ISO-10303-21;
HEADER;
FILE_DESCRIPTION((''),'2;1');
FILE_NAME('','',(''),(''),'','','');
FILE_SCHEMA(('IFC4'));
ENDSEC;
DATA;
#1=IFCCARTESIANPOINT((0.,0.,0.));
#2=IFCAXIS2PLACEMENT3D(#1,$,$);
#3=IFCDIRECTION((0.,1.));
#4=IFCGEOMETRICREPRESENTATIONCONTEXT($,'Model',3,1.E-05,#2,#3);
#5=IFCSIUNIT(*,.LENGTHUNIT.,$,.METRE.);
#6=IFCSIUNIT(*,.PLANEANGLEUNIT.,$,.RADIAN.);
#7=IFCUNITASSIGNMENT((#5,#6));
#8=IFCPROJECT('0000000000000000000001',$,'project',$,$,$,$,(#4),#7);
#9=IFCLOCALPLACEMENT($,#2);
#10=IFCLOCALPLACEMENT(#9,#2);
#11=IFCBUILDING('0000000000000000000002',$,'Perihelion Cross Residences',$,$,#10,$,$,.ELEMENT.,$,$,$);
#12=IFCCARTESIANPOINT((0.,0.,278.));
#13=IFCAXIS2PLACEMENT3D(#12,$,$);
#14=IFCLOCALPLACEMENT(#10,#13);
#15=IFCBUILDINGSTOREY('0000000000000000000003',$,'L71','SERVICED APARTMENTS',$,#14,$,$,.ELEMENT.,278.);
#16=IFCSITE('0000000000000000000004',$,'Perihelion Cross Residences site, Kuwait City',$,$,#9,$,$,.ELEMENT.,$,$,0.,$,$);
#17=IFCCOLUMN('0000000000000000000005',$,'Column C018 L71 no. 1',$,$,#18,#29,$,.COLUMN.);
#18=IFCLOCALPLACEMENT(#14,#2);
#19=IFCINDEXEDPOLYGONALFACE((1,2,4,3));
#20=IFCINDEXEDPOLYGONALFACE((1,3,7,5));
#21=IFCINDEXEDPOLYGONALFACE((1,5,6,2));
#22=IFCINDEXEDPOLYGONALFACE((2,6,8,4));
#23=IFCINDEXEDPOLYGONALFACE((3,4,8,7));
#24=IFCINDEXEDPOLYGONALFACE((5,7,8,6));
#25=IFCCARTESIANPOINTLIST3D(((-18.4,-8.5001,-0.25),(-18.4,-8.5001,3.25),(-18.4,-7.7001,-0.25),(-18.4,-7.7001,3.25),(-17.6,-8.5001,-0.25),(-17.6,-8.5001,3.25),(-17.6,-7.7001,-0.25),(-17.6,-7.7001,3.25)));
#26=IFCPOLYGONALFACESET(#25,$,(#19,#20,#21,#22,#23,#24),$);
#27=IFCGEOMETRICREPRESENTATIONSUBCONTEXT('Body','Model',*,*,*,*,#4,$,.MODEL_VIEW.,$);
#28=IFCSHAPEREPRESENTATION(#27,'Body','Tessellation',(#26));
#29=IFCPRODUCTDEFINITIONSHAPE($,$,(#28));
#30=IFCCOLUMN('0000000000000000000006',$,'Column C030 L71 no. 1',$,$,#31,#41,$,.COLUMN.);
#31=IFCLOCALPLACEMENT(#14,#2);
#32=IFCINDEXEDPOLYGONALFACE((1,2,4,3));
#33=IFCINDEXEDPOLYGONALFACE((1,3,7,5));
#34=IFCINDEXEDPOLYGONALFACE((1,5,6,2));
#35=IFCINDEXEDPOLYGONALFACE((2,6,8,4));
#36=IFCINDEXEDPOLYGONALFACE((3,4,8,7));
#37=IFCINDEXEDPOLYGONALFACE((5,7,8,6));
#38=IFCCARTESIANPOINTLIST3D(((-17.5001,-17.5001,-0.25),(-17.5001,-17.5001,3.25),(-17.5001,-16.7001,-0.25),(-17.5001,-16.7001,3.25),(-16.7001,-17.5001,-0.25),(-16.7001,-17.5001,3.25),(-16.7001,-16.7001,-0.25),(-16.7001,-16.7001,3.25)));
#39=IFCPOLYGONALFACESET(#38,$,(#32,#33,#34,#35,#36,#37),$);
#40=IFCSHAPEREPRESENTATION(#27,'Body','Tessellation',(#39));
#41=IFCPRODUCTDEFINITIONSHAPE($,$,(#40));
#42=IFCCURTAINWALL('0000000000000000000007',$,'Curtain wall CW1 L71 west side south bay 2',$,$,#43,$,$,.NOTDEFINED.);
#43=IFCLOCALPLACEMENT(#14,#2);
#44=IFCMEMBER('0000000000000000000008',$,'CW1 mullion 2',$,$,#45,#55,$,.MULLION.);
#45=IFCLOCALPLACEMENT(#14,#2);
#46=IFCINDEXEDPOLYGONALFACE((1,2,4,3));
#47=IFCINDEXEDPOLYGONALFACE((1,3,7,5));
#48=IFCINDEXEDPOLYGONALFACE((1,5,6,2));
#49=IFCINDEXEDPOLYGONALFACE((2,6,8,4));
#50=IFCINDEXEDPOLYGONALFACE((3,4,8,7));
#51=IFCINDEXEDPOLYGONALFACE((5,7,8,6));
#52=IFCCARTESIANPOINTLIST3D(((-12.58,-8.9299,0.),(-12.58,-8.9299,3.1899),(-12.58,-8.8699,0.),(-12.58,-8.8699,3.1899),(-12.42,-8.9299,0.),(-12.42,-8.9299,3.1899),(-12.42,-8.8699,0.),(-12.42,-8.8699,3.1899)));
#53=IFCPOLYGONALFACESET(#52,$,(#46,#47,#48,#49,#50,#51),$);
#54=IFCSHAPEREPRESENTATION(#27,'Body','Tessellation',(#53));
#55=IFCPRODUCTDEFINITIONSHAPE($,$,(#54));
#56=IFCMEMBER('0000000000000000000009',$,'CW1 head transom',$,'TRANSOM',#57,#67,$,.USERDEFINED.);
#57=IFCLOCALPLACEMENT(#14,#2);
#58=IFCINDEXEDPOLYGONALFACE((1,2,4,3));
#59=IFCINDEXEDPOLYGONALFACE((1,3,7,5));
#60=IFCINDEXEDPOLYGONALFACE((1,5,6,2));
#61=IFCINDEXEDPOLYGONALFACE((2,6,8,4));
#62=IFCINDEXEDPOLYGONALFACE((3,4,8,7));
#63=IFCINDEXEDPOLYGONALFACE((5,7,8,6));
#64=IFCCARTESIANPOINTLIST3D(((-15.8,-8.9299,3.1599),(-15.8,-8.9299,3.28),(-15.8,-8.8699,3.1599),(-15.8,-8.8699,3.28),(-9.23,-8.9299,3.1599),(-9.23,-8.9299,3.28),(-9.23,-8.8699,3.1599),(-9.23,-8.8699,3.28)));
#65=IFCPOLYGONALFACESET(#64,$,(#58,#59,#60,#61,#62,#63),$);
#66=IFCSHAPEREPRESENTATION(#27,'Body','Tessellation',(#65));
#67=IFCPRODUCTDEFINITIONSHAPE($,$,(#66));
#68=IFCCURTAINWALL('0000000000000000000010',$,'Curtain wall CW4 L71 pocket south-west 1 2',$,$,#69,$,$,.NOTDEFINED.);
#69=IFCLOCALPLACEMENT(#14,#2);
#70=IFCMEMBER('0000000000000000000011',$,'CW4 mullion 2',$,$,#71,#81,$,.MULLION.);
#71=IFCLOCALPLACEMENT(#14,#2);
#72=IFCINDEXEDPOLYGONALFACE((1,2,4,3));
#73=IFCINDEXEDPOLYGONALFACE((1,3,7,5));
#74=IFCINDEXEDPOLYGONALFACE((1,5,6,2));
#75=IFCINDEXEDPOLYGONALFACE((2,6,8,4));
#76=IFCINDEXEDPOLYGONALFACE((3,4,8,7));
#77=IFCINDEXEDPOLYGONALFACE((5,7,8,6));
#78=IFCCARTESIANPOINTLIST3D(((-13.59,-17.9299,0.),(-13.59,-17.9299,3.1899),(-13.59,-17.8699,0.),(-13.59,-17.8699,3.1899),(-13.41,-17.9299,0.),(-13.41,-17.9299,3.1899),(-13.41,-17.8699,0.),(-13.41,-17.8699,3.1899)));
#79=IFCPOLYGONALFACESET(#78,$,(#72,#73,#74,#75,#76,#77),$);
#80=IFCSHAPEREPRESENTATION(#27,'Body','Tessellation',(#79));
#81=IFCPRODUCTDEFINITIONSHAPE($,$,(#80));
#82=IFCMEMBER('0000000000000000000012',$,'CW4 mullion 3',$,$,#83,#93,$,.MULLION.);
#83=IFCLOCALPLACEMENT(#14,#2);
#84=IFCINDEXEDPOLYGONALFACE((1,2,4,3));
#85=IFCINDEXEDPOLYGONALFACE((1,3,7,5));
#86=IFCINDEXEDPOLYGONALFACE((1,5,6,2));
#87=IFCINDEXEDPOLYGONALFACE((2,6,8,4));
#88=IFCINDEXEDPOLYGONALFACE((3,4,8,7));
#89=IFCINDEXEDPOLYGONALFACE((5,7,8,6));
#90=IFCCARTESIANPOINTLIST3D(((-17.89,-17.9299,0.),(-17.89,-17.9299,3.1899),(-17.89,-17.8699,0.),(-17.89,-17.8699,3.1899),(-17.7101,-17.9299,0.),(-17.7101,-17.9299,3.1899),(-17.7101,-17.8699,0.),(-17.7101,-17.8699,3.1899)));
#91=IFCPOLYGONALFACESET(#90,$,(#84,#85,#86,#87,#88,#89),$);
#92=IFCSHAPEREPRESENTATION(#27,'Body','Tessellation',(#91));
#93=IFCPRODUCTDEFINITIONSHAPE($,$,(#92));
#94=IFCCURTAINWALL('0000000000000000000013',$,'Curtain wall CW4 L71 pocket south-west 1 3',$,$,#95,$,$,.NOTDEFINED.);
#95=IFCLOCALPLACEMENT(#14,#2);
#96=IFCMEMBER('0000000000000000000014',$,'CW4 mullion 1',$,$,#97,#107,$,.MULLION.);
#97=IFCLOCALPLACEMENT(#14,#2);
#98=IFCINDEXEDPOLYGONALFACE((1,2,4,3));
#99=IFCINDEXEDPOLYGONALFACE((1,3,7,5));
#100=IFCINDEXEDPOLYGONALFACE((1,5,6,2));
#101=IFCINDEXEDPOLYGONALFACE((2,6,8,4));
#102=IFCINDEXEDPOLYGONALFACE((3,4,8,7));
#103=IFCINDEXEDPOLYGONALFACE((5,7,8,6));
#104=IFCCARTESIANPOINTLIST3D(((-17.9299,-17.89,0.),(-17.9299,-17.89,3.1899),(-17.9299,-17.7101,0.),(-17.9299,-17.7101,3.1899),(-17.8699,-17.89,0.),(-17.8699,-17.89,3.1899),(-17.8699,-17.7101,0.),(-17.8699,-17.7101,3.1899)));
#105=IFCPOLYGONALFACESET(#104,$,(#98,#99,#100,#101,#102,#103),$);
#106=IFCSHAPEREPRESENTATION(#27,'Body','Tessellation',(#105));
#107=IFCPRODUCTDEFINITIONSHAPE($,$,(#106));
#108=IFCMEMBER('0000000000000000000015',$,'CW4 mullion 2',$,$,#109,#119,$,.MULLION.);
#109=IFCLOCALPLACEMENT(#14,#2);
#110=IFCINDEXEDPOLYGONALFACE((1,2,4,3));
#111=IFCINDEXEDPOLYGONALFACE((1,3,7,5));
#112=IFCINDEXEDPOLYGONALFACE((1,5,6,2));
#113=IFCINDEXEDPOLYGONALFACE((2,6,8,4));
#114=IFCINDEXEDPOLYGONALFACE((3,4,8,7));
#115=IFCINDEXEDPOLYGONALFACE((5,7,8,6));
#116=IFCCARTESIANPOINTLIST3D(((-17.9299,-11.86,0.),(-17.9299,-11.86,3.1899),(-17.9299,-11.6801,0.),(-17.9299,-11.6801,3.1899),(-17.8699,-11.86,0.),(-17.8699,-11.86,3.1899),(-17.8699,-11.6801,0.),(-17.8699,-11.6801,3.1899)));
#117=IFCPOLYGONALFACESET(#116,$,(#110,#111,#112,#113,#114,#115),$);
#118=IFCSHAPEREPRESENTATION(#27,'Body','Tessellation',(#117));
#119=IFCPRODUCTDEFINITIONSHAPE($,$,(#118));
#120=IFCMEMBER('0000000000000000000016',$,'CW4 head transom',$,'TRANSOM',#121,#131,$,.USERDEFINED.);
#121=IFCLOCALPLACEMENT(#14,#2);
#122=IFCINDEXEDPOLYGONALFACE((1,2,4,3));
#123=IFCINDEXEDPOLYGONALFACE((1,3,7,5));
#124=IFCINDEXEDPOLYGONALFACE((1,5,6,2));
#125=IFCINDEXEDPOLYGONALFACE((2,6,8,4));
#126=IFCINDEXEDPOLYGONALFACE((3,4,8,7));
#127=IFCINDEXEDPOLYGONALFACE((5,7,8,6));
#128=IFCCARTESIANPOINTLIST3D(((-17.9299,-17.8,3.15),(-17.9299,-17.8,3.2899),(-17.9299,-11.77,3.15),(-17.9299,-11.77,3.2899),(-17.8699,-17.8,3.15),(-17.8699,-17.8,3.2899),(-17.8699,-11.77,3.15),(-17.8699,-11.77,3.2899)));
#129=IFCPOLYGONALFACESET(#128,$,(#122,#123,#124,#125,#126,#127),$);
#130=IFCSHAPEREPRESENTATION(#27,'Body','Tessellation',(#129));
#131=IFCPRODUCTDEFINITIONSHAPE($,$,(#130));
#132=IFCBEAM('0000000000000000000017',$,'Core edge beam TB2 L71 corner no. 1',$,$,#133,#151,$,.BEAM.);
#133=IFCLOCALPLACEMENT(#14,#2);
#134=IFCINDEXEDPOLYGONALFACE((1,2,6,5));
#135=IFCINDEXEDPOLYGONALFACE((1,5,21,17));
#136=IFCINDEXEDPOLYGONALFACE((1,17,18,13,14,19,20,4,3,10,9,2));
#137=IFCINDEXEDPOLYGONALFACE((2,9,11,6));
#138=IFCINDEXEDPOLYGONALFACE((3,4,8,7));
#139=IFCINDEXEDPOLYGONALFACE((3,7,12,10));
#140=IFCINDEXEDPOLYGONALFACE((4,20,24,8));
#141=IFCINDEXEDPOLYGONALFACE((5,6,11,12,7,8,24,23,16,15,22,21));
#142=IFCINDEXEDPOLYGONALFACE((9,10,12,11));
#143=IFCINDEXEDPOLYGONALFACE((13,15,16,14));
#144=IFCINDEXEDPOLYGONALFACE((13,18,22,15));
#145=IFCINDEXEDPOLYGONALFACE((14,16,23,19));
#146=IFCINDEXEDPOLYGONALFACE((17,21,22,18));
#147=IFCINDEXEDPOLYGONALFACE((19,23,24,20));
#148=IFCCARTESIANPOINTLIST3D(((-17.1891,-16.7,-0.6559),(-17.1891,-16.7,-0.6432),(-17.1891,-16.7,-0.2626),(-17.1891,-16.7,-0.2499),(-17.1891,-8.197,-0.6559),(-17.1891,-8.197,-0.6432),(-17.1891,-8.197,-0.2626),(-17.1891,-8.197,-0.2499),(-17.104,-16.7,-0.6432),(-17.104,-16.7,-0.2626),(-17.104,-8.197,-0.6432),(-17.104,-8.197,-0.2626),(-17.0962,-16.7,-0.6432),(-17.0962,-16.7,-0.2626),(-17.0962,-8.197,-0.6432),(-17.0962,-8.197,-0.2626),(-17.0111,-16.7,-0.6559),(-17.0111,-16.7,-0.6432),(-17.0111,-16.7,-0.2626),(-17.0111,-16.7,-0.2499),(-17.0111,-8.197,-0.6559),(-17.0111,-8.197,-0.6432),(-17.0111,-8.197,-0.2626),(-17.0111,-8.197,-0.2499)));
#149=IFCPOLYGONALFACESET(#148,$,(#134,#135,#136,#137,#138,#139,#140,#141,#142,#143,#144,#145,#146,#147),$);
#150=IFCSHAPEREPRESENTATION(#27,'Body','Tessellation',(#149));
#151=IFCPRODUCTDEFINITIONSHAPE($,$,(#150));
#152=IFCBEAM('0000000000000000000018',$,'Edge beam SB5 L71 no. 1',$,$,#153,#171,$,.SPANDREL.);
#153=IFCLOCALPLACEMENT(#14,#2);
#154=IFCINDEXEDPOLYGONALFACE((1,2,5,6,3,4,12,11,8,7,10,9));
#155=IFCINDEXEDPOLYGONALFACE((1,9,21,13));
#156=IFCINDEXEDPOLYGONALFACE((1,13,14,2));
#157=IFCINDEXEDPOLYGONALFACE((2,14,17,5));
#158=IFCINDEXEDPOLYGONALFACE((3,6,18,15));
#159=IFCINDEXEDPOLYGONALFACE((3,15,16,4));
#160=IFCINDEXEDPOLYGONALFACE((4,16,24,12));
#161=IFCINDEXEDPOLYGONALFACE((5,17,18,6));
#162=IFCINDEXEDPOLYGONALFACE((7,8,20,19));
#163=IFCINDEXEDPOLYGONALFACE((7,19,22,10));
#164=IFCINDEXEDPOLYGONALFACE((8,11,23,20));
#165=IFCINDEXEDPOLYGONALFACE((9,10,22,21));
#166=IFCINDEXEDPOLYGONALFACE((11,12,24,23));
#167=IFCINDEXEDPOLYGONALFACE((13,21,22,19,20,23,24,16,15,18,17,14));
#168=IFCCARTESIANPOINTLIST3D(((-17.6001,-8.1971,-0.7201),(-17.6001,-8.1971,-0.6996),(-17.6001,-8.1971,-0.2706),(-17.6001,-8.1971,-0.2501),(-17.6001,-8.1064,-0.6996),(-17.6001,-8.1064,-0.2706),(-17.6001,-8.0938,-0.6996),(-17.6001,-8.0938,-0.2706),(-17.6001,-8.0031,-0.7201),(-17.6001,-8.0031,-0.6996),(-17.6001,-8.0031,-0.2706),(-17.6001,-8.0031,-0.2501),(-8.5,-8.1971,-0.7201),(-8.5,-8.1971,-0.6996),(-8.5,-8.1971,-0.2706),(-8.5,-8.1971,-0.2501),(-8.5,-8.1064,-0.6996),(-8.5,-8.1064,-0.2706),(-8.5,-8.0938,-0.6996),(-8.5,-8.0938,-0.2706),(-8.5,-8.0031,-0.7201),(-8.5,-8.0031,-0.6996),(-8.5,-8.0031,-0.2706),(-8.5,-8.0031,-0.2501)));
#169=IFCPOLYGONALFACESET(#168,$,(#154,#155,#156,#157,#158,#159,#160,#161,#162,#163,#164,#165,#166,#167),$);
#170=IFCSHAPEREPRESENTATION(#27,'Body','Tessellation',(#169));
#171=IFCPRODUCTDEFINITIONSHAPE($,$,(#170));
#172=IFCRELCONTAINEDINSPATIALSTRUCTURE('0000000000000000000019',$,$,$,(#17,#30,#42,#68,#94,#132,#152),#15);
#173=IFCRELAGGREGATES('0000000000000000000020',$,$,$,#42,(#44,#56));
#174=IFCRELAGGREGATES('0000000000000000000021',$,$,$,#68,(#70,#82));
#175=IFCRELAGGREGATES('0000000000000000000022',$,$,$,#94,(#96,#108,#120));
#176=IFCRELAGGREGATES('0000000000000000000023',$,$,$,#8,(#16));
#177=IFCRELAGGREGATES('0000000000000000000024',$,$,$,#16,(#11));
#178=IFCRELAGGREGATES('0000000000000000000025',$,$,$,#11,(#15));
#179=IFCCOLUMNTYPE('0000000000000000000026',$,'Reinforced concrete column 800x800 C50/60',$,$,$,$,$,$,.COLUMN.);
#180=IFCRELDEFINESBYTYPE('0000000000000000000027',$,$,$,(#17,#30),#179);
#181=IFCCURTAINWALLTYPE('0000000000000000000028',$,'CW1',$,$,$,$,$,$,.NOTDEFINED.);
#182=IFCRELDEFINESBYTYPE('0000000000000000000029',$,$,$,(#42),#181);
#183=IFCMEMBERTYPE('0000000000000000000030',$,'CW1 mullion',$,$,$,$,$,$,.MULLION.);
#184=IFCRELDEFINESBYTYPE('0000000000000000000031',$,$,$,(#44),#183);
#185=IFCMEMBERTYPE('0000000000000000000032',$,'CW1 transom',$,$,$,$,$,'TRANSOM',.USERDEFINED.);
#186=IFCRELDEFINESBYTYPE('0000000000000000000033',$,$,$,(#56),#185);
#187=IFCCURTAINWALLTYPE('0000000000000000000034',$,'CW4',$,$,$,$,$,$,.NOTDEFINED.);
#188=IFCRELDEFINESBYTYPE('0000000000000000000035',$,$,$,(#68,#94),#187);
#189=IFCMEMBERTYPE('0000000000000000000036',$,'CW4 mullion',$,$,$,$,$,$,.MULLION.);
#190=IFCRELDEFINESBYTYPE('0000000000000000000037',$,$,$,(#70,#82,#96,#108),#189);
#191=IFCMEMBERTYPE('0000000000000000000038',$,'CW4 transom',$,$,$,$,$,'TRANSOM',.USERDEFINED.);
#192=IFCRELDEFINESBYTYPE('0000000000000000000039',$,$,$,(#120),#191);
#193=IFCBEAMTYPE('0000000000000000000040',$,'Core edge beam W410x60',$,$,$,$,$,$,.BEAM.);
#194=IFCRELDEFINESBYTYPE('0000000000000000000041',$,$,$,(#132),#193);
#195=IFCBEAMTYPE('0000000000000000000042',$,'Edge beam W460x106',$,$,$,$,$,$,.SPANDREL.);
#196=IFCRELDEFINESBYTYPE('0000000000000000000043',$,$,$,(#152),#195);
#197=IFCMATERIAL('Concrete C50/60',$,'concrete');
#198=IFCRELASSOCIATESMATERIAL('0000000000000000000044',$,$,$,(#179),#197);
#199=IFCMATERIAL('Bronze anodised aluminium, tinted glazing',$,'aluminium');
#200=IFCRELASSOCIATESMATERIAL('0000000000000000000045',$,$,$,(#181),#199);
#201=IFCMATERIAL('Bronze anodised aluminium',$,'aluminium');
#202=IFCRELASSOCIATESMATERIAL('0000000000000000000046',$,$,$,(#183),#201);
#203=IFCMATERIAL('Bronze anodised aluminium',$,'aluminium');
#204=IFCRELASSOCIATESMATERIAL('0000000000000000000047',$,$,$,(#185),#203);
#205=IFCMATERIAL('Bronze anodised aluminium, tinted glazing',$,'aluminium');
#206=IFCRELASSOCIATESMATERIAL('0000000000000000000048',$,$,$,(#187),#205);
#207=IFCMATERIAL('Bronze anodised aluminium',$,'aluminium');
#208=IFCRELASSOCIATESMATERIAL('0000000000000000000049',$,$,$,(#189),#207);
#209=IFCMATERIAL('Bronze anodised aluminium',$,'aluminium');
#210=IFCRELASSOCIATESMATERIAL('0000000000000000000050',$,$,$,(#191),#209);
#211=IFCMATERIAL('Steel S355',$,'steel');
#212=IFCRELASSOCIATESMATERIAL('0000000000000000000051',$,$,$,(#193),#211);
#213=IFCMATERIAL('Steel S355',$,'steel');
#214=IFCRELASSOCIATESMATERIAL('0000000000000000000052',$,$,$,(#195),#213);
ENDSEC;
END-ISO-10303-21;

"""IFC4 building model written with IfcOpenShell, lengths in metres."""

from ifc_helpers import new_model, si_unit, direction, frame, origin, origin_2d, place, context, subcontext, project, spatial, rectangle, i_section, extrude, material, material_profile, profile_set, type_object, element, aggregate, save


model = new_model("IFC4")

# Units and contexts
model_context = context("Model", 3, precision=1e-05, world=origin(), true_north=direction((0.0, 1.0)))
body_context = subcontext(model_context, "Body", "Model", "MODEL_VIEW")
ifc_project = project(units=[si_unit("LENGTHUNIT", "METRE"), si_unit("PLANEANGLEUNIT", "RADIAN")], contexts=[model_context])

# Site, building, storey
site_placement = place(None, origin())
site = spatial("IfcSite", under=ifc_project, at=site_placement, Name="Perihelion Cross Residences site, Kuwait City", CompositionType="ELEMENT", RefElevation=0.0)
building_placement = place(site_placement, origin())
building = spatial("IfcBuilding", under=site, at=building_placement, Name="Perihelion Cross Residences", CompositionType="ELEMENT")
storey_placement = place(building_placement, frame((0.0, 0.0, 278.0)))
storey = spatial("IfcBuildingStorey", under=building, at=storey_placement, Name="L71", Description="SERVICED APARTMENTS", CompositionType="ELEMENT", Elevation=278.0)

# Columns
ifc_material_1 = material(Name="Concrete C50/60", Category="concrete")
ifc_material_profile_1 = material_profile(ifc_material_1, rectangle(XDim=0.8, YDim=0.8, at=origin_2d()), Name="RC 800x800")
ifc_profile_set_1 = profile_set([ifc_material_profile_1], Name="Concrete C50/60")
column_type = type_object("IfcColumnType", Name="Reinforced concrete column 800x800 C50/60", PredefinedType="COLUMN", material=ifc_profile_set_1)
for number, where, z_axis, x_axis, name in (
    (1, (-18.0, -8.1001, -0.25), (0.0, 0.0, 1.0), (1.0, 0.0, 0.0), "Column C018 L71 no. 1"),
    (2, (-17.1001, -17.1001, -0.25), (0.0, 0.0, 1.0), (1.0, 0.0, 0.0), "Column C030 L71 no. 1"),
):
    element("IfcColumn", number, at=place(storey_placement, frame(where, z_axis=z_axis, x_axis=x_axis)), inside=storey, type_object=column_type, Name=name, PredefinedType="COLUMN", context=body_context, shape_type="SweptSolid", body=[
        extrude(rectangle(XDim=0.8, YDim=0.8, at=origin_2d()), origin(), (0.0, 0.0, 1.0), 3.5),
    ])

# Curtain walls, members
ifc_material_2 = material(Name="Bronze anodised aluminium, tinted glazing", Category="aluminium")
curtain_wall_type_1 = type_object("IfcCurtainWallType", Name="CW1", PredefinedType="NOTDEFINED", material=ifc_material_2)
curtain_wall_1_placement = place(storey_placement, origin())
curtain_wall_1 = element("IfcCurtainWall", 3, at=curtain_wall_1_placement, inside=storey, type_object=curtain_wall_type_1, Name="Curtain wall CW1 L71 west side south bay 2", PredefinedType="NOTDEFINED")
ifc_material_3 = material(Name="Bronze anodised aluminium", Category="aluminium")
ifc_material_profile_2 = material_profile(ifc_material_3, rectangle(XDim=0.0601, YDim=0.1599, at=origin_2d()), Name="CW1 mullion")
ifc_profile_set_2 = profile_set([ifc_material_profile_2], Name="Bronze anodised aluminium")
member_type_1 = type_object("IfcMemberType", Name="CW1 mullion", PredefinedType="MULLION", material=ifc_profile_set_2)
member_1_placement = place(storey_placement, frame((-12.5, -8.8999, 0.0), z_axis=(0.0, 0.0, 1.0), x_axis=(0.0, 1.0, 0.0)))
member_1 = element("IfcMember", 4, at=member_1_placement, type_object=member_type_1, Name="CW1 mullion 2", PredefinedType="MULLION", context=body_context, shape_type="SweptSolid", body=[
    extrude(rectangle(XDim=0.0601, YDim=0.1599, at=origin_2d()), origin(), (0.0, 0.0, 1.0), 3.1899),
])
ifc_material_4 = material(Name="Bronze anodised aluminium", Category="aluminium")
ifc_material_profile_3 = material_profile(ifc_material_4, rectangle(XDim=0.0601, YDim=0.1201, at=origin_2d()), Name="CW1 transom")
ifc_profile_set_3 = profile_set([ifc_material_profile_3], Name="Bronze anodised aluminium")
member_type_2 = type_object("IfcMemberType", Name="CW1 transom", ElementType="TRANSOM", PredefinedType="USERDEFINED", material=ifc_profile_set_3)
member_2_placement = place(storey_placement, frame((-15.8, -8.8999, 3.22), z_axis=(1.0, 0.0, 0.0), x_axis=(0.0, 1.0, 0.0)))
member_2 = element("IfcMember", 5, at=member_2_placement, type_object=member_type_2, Name="CW1 head transom", ObjectType="TRANSOM", PredefinedType="USERDEFINED", context=body_context, shape_type="SweptSolid", body=[
    extrude(rectangle(XDim=0.0601, YDim=0.1201, at=origin_2d()), origin(), (0.0, 0.0, 1.0), 6.5701),
])
ifc_material_5 = material(Name="Bronze anodised aluminium, tinted glazing", Category="aluminium")
curtain_wall_type_2 = type_object("IfcCurtainWallType", Name="CW4", PredefinedType="NOTDEFINED", material=ifc_material_5)
curtain_wall_2_placement = place(storey_placement, origin())
curtain_wall_2 = element("IfcCurtainWall", 6, at=curtain_wall_2_placement, inside=storey, type_object=curtain_wall_type_2, Name="Curtain wall CW4 L71 pocket south-west 1 2", PredefinedType="NOTDEFINED")
ifc_material_6 = material(Name="Bronze anodised aluminium", Category="aluminium")
ifc_material_profile_4 = material_profile(ifc_material_6, rectangle(XDim=0.0601, YDim=0.1799, at=origin_2d()), Name="CW4 mullion")
ifc_profile_set_4 = profile_set([ifc_material_profile_4], Name="Bronze anodised aluminium")
member_type_3 = type_object("IfcMemberType", Name="CW4 mullion", PredefinedType="MULLION", material=ifc_profile_set_4)
member_3_placement = place(storey_placement, frame((-13.5, -17.8999, 0.0), z_axis=(0.0, 0.0, 1.0), x_axis=(0.0, -1.0, 0.0)))
member_3 = element("IfcMember", 7, at=member_3_placement, type_object=member_type_3, Name="CW4 mullion 2", PredefinedType="MULLION", context=body_context, shape_type="SweptSolid", body=[
    extrude(rectangle(XDim=0.0601, YDim=0.1799, at=origin_2d()), origin(), (0.0, 0.0, 1.0), 3.1899),
])
member_4_placement = place(storey_placement, frame((-17.8, -17.8999, 0.0), z_axis=(0.0, 0.0, 1.0), x_axis=(0.0, -1.0, 0.0)))
member_4 = element("IfcMember", 8, at=member_4_placement, type_object=member_type_3, Name="CW4 mullion 3", PredefinedType="MULLION", context=body_context, shape_type="SweptSolid", body=[
    extrude(rectangle(XDim=0.0601, YDim=0.1799, at=origin_2d()), origin(), (0.0, 0.0, 1.0), 3.1899),
])
curtain_wall_3_placement = place(storey_placement, origin())
curtain_wall_3 = element("IfcCurtainWall", 9, at=curtain_wall_3_placement, inside=storey, type_object=curtain_wall_type_2, Name="Curtain wall CW4 L71 pocket south-west 1 3", PredefinedType="NOTDEFINED")
member_5_placement = place(storey_placement, frame((-17.8999, -17.8, 0.0), z_axis=(0.0, 0.0, 1.0), x_axis=(-1.0, 0.0, 0.0)))
member_5 = element("IfcMember", 10, at=member_5_placement, type_object=member_type_3, Name="CW4 mullion 1", PredefinedType="MULLION", context=body_context, shape_type="SweptSolid", body=[
    extrude(rectangle(XDim=0.0601, YDim=0.1799, at=origin_2d()), origin(), (0.0, 0.0, 1.0), 3.1899),
])
member_6_placement = place(storey_placement, frame((-17.8999, -11.77, 0.0), z_axis=(0.0, 0.0, 1.0), x_axis=(-1.0, 0.0, 0.0)))
member_6 = element("IfcMember", 11, at=member_6_placement, type_object=member_type_3, Name="CW4 mullion 2", PredefinedType="MULLION", context=body_context, shape_type="SweptSolid", body=[
    extrude(rectangle(XDim=0.0601, YDim=0.1799, at=origin_2d()), origin(), (0.0, 0.0, 1.0), 3.1899),
])
ifc_material_7 = material(Name="Bronze anodised aluminium", Category="aluminium")
ifc_material_profile_5 = material_profile(ifc_material_7, rectangle(XDim=0.0601, YDim=0.1399, at=origin_2d()), Name="CW4 transom")
ifc_profile_set_5 = profile_set([ifc_material_profile_5], Name="Bronze anodised aluminium")
member_type_4 = type_object("IfcMemberType", Name="CW4 transom", ElementType="TRANSOM", PredefinedType="USERDEFINED", material=ifc_profile_set_5)
member_7_placement = place(storey_placement, frame((-17.8999, -17.8, 3.22), z_axis=(0.0, 1.0, 0.0), x_axis=(-1.0, 0.0, 0.0)))
member_7 = element("IfcMember", 12, at=member_7_placement, type_object=member_type_4, Name="CW4 head transom", ObjectType="TRANSOM", PredefinedType="USERDEFINED", context=body_context, shape_type="SweptSolid", body=[
    extrude(rectangle(XDim=0.0601, YDim=0.1399, at=origin_2d()), origin(), (0.0, 0.0, 1.0), 6.03),
])

# Beams
ifc_material_8 = material(Name="Steel S355", Category="steel")
ifc_material_profile_6 = material_profile(ifc_material_8, i_section(OverallWidth=0.178, OverallDepth=0.406, WebThickness=0.0078, FlangeThickness=0.0127, at=origin_2d()), Name="W410x60")
ifc_profile_set_6 = profile_set([ifc_material_profile_6], Name="Steel S355")
beam_type_1 = type_object("IfcBeamType", Name="Core edge beam W410x60", PredefinedType="BEAM", material=ifc_profile_set_6)
beam_1_placement = place(storey_placement, frame((-17.1001, -8.197, -0.4529), z_axis=(0.0, -1.0, 0.0), x_axis=(1.0, 0.0, 0.0)))
element("IfcBeam", 13, at=beam_1_placement, inside=storey, type_object=beam_type_1, Name="Core edge beam TB2 L71 corner no. 1", PredefinedType="BEAM", context=body_context, shape_type="SweptSolid", body=[
    extrude(i_section(OverallWidth=0.178, OverallDepth=0.406, WebThickness=0.0078, FlangeThickness=0.0127, at=origin_2d()), origin(), (0.0, 0.0, 1.0), 8.5029),
])
ifc_material_9 = material(Name="Steel S355", Category="steel")
ifc_material_profile_7 = material_profile(ifc_material_9, i_section(OverallWidth=0.1941, OverallDepth=0.47, WebThickness=0.0127, FlangeThickness=0.0205, at=origin_2d()), Name="W460x106")
ifc_profile_set_7 = profile_set([ifc_material_profile_7], Name="Steel S355")
beam_type_2 = type_object("IfcBeamType", Name="Edge beam W460x106", PredefinedType="SPANDREL", material=ifc_profile_set_7)
beam_2_placement = place(storey_placement, frame((-17.6001, -8.1001, -0.4851), z_axis=(1.0, 0.0, 0.0), x_axis=(0.0, 1.0, 0.0)))
element("IfcBeam", 14, at=beam_2_placement, inside=storey, type_object=beam_type_2, Name="Edge beam SB5 L71 no. 1", PredefinedType="SPANDREL", context=body_context, shape_type="SweptSolid", body=[
    extrude(i_section(OverallWidth=0.1941, OverallDepth=0.47, WebThickness=0.0127, FlangeThickness=0.0205, at=origin_2d()), origin(), (0.0, 0.0, 1.0), 9.1001),
])

aggregate(curtain_wall_1, [member_1, member_2])
aggregate(curtain_wall_2, [member_3, member_4])
aggregate(curtain_wall_3, [member_5, member_6, member_7])

save(model, "model.ifc")
